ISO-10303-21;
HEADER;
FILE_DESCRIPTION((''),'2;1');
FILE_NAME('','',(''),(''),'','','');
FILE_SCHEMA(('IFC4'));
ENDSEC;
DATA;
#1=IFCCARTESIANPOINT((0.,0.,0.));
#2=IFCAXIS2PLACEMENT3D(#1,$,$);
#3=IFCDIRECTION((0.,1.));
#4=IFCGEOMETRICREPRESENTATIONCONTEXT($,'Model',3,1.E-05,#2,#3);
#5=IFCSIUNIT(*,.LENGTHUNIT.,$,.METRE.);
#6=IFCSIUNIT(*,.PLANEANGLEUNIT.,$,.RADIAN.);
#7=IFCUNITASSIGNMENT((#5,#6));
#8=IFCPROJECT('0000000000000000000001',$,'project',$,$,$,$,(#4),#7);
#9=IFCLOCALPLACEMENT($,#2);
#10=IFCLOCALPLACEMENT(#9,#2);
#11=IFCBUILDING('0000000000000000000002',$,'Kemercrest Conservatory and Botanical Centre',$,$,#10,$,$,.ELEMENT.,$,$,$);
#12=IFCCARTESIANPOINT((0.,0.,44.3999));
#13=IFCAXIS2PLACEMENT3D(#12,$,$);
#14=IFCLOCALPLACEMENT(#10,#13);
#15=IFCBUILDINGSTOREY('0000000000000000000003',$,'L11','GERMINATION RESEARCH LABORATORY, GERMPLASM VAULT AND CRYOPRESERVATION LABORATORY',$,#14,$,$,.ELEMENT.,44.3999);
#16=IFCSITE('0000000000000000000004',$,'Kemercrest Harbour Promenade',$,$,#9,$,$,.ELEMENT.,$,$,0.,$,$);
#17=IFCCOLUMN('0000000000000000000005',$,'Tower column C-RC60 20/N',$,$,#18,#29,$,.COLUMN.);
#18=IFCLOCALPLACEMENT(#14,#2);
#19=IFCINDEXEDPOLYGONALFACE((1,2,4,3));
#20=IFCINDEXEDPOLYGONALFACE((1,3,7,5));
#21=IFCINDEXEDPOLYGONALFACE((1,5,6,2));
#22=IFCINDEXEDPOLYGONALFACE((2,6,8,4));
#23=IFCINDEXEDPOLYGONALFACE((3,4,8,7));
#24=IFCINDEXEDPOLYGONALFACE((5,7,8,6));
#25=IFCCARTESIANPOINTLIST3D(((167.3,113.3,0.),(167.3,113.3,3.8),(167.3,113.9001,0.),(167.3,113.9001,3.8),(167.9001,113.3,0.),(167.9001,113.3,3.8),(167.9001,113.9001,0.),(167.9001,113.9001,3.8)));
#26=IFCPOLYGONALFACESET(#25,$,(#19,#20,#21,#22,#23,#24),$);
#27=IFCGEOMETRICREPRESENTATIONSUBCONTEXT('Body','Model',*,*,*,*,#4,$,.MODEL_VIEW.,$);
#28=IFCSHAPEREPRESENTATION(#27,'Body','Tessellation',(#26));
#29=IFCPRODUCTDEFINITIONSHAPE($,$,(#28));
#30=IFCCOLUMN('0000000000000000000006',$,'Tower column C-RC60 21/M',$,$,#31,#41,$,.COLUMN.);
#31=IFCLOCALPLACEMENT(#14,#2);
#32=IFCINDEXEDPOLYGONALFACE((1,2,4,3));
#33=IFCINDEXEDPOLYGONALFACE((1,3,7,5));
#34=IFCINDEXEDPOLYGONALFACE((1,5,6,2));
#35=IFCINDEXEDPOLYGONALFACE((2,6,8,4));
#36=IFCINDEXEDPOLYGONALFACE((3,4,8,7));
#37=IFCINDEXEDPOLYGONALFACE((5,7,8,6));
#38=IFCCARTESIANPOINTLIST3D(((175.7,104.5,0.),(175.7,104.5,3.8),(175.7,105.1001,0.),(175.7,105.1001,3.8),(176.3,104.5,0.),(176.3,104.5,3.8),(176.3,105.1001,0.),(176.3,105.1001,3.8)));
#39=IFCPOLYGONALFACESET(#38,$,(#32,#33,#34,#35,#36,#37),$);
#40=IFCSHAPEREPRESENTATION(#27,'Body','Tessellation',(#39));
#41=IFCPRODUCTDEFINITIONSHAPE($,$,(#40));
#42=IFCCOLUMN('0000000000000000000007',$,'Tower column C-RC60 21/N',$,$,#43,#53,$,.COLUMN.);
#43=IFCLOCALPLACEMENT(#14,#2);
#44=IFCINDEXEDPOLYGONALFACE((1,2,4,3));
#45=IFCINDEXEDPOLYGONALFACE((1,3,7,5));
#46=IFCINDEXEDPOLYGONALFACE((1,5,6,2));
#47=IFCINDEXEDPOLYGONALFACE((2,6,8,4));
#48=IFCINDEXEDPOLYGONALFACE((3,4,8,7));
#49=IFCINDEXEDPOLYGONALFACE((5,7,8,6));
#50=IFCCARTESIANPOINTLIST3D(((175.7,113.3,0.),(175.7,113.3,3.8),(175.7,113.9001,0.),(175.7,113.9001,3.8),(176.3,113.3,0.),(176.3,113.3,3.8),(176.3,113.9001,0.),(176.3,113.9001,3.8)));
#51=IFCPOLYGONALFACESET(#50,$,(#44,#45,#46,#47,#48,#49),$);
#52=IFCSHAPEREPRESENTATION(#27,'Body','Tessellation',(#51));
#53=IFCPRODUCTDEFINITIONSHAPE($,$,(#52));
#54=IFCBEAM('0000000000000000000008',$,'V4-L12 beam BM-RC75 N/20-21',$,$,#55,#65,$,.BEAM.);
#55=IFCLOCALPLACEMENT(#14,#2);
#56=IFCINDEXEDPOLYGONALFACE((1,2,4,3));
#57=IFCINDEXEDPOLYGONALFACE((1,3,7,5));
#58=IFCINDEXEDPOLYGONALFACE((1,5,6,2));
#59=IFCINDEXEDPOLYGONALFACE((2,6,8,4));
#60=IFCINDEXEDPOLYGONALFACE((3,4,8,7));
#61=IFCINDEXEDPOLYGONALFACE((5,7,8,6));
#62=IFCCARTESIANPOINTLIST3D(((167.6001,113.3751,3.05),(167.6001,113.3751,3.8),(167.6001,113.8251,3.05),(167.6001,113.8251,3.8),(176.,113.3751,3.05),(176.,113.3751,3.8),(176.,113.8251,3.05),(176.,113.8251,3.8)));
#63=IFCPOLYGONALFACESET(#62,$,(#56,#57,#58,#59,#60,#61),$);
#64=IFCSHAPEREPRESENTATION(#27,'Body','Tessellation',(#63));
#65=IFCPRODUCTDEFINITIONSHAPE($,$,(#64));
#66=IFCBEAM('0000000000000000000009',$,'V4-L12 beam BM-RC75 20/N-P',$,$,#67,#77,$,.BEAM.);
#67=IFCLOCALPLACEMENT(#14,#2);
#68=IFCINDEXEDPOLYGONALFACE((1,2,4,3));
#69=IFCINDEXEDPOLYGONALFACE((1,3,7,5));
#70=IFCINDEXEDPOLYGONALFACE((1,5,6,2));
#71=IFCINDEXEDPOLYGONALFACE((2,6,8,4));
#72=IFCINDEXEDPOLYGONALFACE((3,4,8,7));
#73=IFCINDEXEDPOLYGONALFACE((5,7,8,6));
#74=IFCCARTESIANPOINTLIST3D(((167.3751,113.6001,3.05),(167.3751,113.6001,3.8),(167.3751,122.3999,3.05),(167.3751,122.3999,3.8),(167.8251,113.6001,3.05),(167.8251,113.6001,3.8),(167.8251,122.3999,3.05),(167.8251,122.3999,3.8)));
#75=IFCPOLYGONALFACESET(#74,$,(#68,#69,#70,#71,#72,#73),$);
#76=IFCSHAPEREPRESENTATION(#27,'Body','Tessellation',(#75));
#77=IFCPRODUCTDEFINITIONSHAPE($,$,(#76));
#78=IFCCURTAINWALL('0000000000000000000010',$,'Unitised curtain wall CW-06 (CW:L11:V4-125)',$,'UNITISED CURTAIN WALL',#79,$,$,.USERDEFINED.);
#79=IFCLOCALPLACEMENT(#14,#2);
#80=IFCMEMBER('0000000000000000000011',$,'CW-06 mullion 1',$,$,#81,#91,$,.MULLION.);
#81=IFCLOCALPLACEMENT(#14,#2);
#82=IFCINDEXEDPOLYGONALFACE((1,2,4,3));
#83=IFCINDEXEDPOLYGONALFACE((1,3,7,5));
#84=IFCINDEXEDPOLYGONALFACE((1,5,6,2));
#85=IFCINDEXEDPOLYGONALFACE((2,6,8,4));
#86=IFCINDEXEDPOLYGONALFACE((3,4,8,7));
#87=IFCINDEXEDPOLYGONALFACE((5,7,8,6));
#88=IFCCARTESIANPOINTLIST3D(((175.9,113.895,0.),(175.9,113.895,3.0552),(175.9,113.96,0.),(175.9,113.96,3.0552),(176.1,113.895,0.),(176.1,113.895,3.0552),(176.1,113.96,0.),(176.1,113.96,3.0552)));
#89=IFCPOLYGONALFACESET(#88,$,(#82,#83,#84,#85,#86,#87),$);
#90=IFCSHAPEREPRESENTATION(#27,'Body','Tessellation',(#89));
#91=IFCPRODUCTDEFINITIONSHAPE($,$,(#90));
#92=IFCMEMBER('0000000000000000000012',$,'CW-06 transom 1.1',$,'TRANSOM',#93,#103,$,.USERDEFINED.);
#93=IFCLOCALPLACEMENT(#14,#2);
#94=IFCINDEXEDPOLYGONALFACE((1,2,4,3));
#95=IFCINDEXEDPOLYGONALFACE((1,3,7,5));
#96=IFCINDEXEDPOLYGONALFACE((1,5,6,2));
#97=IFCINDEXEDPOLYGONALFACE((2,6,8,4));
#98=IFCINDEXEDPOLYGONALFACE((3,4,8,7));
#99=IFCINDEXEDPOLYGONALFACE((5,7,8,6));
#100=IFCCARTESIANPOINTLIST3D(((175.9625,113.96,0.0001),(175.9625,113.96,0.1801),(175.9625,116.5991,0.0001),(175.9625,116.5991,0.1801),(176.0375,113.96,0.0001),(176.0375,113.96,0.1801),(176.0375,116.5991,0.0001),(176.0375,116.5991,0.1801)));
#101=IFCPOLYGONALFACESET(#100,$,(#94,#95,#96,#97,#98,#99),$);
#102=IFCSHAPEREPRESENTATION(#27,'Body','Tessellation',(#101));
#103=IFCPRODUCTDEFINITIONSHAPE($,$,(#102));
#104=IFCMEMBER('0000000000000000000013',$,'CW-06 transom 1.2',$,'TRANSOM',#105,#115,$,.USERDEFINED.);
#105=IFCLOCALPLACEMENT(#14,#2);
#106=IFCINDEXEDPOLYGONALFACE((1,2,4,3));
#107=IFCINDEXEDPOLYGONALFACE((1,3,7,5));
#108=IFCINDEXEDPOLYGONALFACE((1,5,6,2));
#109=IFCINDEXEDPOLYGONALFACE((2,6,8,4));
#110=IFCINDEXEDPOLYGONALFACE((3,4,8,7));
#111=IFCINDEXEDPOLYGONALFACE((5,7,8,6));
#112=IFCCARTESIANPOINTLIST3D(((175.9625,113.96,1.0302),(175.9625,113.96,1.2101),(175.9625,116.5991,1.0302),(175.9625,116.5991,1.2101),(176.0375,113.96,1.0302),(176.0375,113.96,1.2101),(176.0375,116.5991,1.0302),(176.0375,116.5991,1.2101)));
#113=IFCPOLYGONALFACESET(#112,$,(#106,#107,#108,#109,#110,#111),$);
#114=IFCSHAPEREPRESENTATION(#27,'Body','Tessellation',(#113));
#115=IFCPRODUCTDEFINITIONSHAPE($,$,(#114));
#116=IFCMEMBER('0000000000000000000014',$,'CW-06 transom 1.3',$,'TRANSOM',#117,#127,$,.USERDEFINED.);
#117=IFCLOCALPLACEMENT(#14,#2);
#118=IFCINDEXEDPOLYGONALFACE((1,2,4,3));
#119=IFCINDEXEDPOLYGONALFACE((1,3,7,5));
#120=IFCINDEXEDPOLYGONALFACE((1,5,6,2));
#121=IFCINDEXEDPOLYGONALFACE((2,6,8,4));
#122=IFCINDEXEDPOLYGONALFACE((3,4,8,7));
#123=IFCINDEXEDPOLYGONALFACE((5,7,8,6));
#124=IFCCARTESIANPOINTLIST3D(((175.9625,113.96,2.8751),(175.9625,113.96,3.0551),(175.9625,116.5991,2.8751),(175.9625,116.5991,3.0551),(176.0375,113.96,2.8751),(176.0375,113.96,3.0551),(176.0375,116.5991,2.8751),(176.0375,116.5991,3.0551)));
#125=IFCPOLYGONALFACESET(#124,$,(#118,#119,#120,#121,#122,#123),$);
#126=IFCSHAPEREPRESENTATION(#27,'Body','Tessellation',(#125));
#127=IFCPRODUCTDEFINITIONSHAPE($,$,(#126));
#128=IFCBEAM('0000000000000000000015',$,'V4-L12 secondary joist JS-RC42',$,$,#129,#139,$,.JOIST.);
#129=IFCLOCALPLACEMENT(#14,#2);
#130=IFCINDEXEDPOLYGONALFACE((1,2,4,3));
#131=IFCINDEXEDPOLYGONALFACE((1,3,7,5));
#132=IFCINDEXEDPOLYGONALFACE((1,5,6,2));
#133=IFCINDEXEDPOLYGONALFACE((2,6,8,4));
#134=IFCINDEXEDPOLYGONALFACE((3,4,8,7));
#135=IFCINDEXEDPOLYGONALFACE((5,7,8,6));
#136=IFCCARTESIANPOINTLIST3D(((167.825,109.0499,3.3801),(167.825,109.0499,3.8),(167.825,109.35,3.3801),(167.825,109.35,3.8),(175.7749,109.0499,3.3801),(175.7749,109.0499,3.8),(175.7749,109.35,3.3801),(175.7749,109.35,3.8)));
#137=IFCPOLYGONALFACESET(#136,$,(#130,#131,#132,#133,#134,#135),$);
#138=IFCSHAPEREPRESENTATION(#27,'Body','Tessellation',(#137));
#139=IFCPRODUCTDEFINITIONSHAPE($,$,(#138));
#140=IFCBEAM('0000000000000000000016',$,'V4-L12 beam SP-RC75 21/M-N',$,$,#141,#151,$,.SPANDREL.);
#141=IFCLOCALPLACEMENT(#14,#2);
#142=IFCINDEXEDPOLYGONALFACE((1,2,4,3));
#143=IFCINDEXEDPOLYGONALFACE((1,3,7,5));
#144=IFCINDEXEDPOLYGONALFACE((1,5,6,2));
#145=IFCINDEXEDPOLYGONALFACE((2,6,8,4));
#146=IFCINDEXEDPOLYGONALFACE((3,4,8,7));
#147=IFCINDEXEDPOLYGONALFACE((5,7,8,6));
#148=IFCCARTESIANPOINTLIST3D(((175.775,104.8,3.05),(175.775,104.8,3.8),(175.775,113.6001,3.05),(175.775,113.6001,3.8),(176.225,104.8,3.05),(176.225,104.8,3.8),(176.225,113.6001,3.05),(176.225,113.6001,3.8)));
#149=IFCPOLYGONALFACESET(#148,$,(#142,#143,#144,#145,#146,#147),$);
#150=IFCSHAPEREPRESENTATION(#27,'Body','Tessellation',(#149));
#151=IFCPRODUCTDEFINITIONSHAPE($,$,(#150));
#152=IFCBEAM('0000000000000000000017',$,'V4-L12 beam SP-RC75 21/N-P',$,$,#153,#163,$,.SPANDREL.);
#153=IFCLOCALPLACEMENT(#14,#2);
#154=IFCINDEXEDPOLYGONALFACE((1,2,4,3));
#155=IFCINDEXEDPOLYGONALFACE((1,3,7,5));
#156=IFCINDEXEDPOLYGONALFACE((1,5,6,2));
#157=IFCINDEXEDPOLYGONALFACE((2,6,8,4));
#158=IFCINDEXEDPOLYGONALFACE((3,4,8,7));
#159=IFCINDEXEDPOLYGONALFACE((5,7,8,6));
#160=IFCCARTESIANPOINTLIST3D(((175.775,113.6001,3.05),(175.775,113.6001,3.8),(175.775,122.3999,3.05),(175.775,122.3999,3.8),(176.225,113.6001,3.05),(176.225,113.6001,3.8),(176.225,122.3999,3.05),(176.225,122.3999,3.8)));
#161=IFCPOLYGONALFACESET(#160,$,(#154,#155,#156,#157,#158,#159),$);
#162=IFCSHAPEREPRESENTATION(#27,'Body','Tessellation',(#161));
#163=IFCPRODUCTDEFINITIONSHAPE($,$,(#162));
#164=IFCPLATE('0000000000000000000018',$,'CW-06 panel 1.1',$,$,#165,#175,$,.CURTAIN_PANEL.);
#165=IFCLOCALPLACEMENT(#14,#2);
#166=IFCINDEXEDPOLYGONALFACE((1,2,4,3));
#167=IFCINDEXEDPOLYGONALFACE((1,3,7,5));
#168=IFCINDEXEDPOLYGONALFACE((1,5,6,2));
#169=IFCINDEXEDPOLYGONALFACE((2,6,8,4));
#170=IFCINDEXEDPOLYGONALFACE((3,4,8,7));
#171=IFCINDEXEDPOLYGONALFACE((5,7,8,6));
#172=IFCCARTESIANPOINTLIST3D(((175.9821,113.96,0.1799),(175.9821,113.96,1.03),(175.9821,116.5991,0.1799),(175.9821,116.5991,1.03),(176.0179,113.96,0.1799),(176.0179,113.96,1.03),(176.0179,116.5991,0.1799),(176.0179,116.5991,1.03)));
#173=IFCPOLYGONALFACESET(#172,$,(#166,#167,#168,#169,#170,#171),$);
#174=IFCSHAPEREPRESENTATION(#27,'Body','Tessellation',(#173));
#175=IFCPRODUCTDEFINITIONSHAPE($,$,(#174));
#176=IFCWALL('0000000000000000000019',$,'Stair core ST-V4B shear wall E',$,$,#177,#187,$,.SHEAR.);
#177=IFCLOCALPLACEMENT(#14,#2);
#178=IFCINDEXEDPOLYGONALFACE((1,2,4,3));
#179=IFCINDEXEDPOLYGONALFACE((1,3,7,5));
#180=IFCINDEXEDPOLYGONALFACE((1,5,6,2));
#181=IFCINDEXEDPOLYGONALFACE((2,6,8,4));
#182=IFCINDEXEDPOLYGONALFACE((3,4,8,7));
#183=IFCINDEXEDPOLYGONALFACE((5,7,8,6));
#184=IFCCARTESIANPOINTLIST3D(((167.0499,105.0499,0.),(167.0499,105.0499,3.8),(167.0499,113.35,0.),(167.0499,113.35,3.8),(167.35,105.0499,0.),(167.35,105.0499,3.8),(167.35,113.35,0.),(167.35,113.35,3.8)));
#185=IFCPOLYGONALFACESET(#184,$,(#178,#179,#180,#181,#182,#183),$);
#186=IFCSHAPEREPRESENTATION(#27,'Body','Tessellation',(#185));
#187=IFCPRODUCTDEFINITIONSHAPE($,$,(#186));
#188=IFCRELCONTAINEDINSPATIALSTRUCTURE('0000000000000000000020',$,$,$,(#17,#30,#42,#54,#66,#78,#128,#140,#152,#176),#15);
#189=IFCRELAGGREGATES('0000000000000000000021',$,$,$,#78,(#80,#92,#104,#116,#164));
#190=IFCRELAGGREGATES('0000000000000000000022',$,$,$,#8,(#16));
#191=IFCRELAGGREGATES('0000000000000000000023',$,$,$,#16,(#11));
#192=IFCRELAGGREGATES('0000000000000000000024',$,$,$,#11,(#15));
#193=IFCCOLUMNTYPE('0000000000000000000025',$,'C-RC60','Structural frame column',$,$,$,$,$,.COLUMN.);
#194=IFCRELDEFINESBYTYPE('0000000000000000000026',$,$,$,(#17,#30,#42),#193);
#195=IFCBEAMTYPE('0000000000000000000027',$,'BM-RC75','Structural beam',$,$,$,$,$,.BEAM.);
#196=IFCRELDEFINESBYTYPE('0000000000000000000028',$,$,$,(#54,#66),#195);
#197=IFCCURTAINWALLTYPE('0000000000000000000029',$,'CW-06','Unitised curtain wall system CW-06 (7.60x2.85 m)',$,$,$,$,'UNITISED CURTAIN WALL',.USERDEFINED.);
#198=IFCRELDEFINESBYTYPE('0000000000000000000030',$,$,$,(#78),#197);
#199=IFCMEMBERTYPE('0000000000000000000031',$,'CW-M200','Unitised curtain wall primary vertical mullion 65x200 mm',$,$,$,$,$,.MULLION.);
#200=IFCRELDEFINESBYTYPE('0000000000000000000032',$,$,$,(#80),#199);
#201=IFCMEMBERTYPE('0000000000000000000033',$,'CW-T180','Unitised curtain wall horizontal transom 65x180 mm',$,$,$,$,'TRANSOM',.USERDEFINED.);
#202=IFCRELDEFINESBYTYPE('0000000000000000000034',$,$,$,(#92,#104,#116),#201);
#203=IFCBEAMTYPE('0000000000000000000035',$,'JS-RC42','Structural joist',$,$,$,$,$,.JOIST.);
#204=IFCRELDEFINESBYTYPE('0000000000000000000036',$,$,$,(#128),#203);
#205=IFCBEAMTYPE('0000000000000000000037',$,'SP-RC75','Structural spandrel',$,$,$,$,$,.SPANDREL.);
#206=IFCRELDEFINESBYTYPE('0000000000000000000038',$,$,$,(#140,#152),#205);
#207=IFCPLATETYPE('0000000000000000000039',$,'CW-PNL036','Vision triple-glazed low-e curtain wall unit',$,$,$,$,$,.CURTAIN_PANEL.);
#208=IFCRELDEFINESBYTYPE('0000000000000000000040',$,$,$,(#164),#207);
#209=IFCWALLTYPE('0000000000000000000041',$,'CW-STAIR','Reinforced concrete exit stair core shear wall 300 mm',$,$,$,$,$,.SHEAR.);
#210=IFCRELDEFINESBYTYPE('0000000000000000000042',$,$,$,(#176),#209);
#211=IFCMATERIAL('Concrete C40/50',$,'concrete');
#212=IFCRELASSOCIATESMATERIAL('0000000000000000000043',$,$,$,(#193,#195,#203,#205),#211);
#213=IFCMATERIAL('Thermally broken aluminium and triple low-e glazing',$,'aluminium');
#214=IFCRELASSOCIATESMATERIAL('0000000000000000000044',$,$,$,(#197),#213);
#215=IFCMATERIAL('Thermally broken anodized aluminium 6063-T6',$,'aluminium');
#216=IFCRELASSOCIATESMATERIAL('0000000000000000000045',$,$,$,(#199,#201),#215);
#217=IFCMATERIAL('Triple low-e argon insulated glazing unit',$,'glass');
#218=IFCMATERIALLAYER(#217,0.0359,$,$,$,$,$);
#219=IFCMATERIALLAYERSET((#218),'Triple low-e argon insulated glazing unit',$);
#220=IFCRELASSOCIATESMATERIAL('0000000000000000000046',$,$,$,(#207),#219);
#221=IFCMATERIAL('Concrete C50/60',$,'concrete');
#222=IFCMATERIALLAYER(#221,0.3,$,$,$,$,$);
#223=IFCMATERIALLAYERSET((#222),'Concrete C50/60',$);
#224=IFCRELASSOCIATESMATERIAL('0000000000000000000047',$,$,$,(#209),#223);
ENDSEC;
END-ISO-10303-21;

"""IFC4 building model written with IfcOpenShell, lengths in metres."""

from ifc_helpers import new_model, si_unit, direction, frame, frame_2d, origin, origin_2d, place, context, subcontext, project, spatial, rectangle, extrude, material, layer, layer_set, material_profile, profile_set, type_object, element, aggregate, save


model = new_model("IFC4")

# Units and contexts
model_context = context("Model", 3, precision=1e-05, world=origin(), true_north=direction((0.0, 1.0)))
body_context = subcontext(model_context, "Body", "Model", "MODEL_VIEW")
ifc_project = project(units=[si_unit("LENGTHUNIT", "METRE"), si_unit("PLANEANGLEUNIT", "RADIAN")], contexts=[model_context])

# Site, building, storey
site_placement = place(None, origin())
site = spatial("IfcSite", under=ifc_project, at=site_placement, Name="Kemercrest Harbour Promenade", CompositionType="ELEMENT", RefElevation=0.0)
building_placement = place(site_placement, origin())
building = spatial("IfcBuilding", under=site, at=building_placement, Name="Kemercrest Conservatory and Botanical Centre", CompositionType="ELEMENT")
storey_placement = place(building_placement, frame((0.0, 0.0, 44.3999)))
storey = spatial("IfcBuildingStorey", under=building, at=storey_placement, Name="L11", Description="GERMINATION RESEARCH LABORATORY, GERMPLASM VAULT AND CRYOPRESERVATION LABORATORY", CompositionType="ELEMENT", Elevation=44.3999)

# Columns
ifc_material_1 = material(Name="Concrete C40/50", Category="concrete")
ifc_material_profile_1 = material_profile(ifc_material_1, rectangle(XDim=0.6001, YDim=0.6001, at=origin_2d()), Name="RC 600x600")
ifc_profile_set_1 = profile_set([ifc_material_profile_1], Name="Concrete C40/50")
column_type = type_object("IfcColumnType", Name="C-RC60", Description="Structural frame column", PredefinedType="COLUMN", material=ifc_profile_set_1)
for number, where, z_axis, x_axis, name in (
    (1, (167.6001, 113.6001, 0.0), (0.0, 0.0, 1.0), (1.0, 0.0, 0.0), "Tower column C-RC60 20/N"),
    (2, (176.0, 104.8, 0.0), (0.0, 0.0, 1.0), (1.0, 0.0, 0.0), "Tower column C-RC60 21/M"),
    (3, (176.0, 113.6001, 0.0), (0.0, 0.0, 1.0), (1.0, 0.0, 0.0), "Tower column C-RC60 21/N"),
):
    element("IfcColumn", number, at=place(storey_placement, frame(where, z_axis=z_axis, x_axis=x_axis)), inside=storey, type_object=column_type, Name=name, PredefinedType="COLUMN", context=body_context, shape_type="SweptSolid", body=[
        extrude(rectangle(XDim=0.6001, YDim=0.6001, at=origin_2d()), origin(), (0.0, 0.0, 1.0), 3.8),
    ])

# Beams
ifc_material_profile_2 = material_profile(ifc_material_1, rectangle(XDim=0.45, YDim=0.75, at=origin_2d()), Name="RC 450x750")
ifc_profile_set_2 = profile_set([ifc_material_profile_2], Name="Concrete C40/50")
beam_type_1 = type_object("IfcBeamType", Name="BM-RC75", Description="Structural beam", PredefinedType="BEAM", material=ifc_profile_set_2)
beam_1_placement = place(storey_placement, frame((167.6001, 113.6001, 3.425), z_axis=(1.0, 0.0, 0.0), x_axis=(0.0, 1.0, 0.0)))
element("IfcBeam", 4, at=beam_1_placement, inside=storey, type_object=beam_type_1, Name="V4-L12 beam BM-RC75 N/20-21", PredefinedType="BEAM", context=body_context, shape_type="SweptSolid", body=[
    extrude(rectangle(XDim=0.45, YDim=0.75, at=origin_2d()), origin(), (0.0, 0.0, 1.0), 8.3999),
])
beam_2_placement = place(storey_placement, frame((167.6001, 113.6001, 3.425), z_axis=(0.0, 1.0, 0.0), x_axis=(-1.0, 0.0, 0.0)))
element("IfcBeam", 5, at=beam_2_placement, inside=storey, type_object=beam_type_1, Name="V4-L12 beam BM-RC75 20/N-P", PredefinedType="BEAM", context=body_context, shape_type="SweptSolid", body=[
    extrude(rectangle(XDim=0.45, YDim=0.75, at=origin_2d()), origin(), (0.0, 0.0, 1.0), 8.7998),
])

# Curtain wall, members
ifc_material_2 = material(Name="Thermally broken aluminium and triple low-e glazing", Category="aluminium")
curtain_wall_type = type_object("IfcCurtainWallType", Name="CW-06", Description="Unitised curtain wall system CW-06 (7.60x2.85 m)", ElementType="UNITISED CURTAIN WALL", PredefinedType="USERDEFINED", material=ifc_material_2)
curtain_wall_placement = place(storey_placement, origin())
curtain_wall = element("IfcCurtainWall", 6, at=curtain_wall_placement, inside=storey, type_object=curtain_wall_type, Name="Unitised curtain wall CW-06 (CW:L11:V4-125)", ObjectType="UNITISED CURTAIN WALL", PredefinedType="USERDEFINED")
ifc_material_3 = material(Name="Thermally broken anodized aluminium 6063-T6", Category="aluminium")
ifc_material_profile_3 = material_profile(ifc_material_3, rectangle(XDim=0.2, YDim=0.0649, at=origin_2d()), Name="AL MULLION 65x200")
ifc_profile_set_3 = profile_set([ifc_material_profile_3], Name="Thermally broken anodized aluminium 6063-T6")
member_type_1 = type_object("IfcMemberType", Name="CW-M200", Description="Unitised curtain wall primary vertical mullion 65x200 mm", PredefinedType="MULLION", material=ifc_profile_set_3)
member_1_placement = place(storey_placement, frame((176.0, 113.9275, 0.0), z_axis=(0.0, 0.0, 1.0), x_axis=(-1.0, 0.0, 0.0)))
member_1 = element("IfcMember", 7, at=member_1_placement, type_object=member_type_1, Name="CW-06 mullion 1", PredefinedType="MULLION", context=body_context, shape_type="SweptSolid", body=[
    extrude(rectangle(XDim=0.2, YDim=0.0649, at=origin_2d()), origin(), (0.0, 0.0, 1.0), 3.0552),
])
ifc_material_profile_4 = material_profile(ifc_material_3, rectangle(XDim=0.075, YDim=0.1799, at=origin_2d()), Name="AL TRANSOM 75x180")
ifc_profile_set_4 = profile_set([ifc_material_profile_4], Name="Thermally broken anodized aluminium 6063-T6")
member_type_2 = type_object("IfcMemberType", Name="CW-T180", Description="Unitised curtain wall horizontal transom 65x180 mm", ElementType="TRANSOM", PredefinedType="USERDEFINED", material=ifc_profile_set_4)
member_2_placement = place(storey_placement, frame((176.0, 113.96, 0.0901), z_axis=(0.0, 1.0, 0.0), x_axis=(-1.0, 0.0, 0.0)))
member_2 = element("IfcMember", 8, at=member_2_placement, type_object=member_type_2, Name="CW-06 transom 1.1", ObjectType="TRANSOM", PredefinedType="USERDEFINED", context=body_context, shape_type="SweptSolid", body=[
    extrude(rectangle(XDim=0.075, YDim=0.1799, at=origin_2d()), origin(), (0.0, 0.0, 1.0), 2.6392),
])
member_3_placement = place(storey_placement, frame((176.0, 113.96, 1.1201), z_axis=(0.0, 1.0, 0.0), x_axis=(-1.0, 0.0, 0.0)))
member_3 = element("IfcMember", 9, at=member_3_placement, type_object=member_type_2, Name="CW-06 transom 1.2", ObjectType="TRANSOM", PredefinedType="USERDEFINED", context=body_context, shape_type="SweptSolid", body=[
    extrude(rectangle(XDim=0.075, YDim=0.1799, at=origin_2d()), origin(), (0.0, 0.0, 1.0), 2.6392),
])
member_4_placement = place(storey_placement, frame((176.0, 113.96, 2.9651), z_axis=(0.0, 1.0, 0.0), x_axis=(-1.0, 0.0, 0.0)))
member_4 = element("IfcMember", 10, at=member_4_placement, type_object=member_type_2, Name="CW-06 transom 1.3", ObjectType="TRANSOM", PredefinedType="USERDEFINED", context=body_context, shape_type="SweptSolid", body=[
    extrude(rectangle(XDim=0.075, YDim=0.1799, at=origin_2d()), origin(), (0.0, 0.0, 1.0), 2.6392),
])

# Beams
ifc_material_profile_5 = material_profile(ifc_material_1, rectangle(XDim=0.3, YDim=0.4199, at=origin_2d()), Name="RC 300x420")
ifc_profile_set_5 = profile_set([ifc_material_profile_5], Name="Concrete C40/50")
beam_type_2 = type_object("IfcBeamType", Name="JS-RC42", Description="Structural joist", PredefinedType="JOIST", material=ifc_profile_set_5)
beam_3_placement = place(storey_placement, frame((167.825, 109.2, 3.5901), z_axis=(1.0, 0.0, 0.0), x_axis=(0.0, 1.0, 0.0)))
element("IfcBeam", 11, at=beam_3_placement, inside=storey, type_object=beam_type_2, Name="V4-L12 secondary joist JS-RC42", PredefinedType="JOIST", context=body_context, shape_type="SweptSolid", body=[
    extrude(rectangle(XDim=0.3, YDim=0.4199, at=origin_2d()), origin(), (0.0, 0.0, 1.0), 7.95),
])
ifc_material_profile_6 = material_profile(ifc_material_1, rectangle(XDim=0.45, YDim=0.75, at=origin_2d()), Name="RC 450x750")
ifc_profile_set_6 = profile_set([ifc_material_profile_6], Name="Concrete C40/50")
beam_type_3 = type_object("IfcBeamType", Name="SP-RC75", Description="Structural spandrel", PredefinedType="SPANDREL", material=ifc_profile_set_6)
beam_4_placement = place(storey_placement, frame((176.0, 104.8, 3.425), z_axis=(0.0, 1.0, 0.0), x_axis=(-1.0, 0.0, 0.0)))
element("IfcBeam", 12, at=beam_4_placement, inside=storey, type_object=beam_type_3, Name="V4-L12 beam SP-RC75 21/M-N", PredefinedType="SPANDREL", context=body_context, shape_type="SweptSolid", body=[
    extrude(rectangle(XDim=0.45, YDim=0.75, at=origin_2d()), origin(), (0.0, 0.0, 1.0), 8.8),
])
beam_5_placement = place(storey_placement, frame((176.0, 113.6001, 3.425), z_axis=(0.0, 1.0, 0.0), x_axis=(-1.0, 0.0, 0.0)))
element("IfcBeam", 13, at=beam_5_placement, inside=storey, type_object=beam_type_3, Name="V4-L12 beam SP-RC75 21/N-P", PredefinedType="SPANDREL", context=body_context, shape_type="SweptSolid", body=[
    extrude(rectangle(XDim=0.45, YDim=0.75, at=origin_2d()), origin(), (0.0, 0.0, 1.0), 8.7998),
])

# Plate
ifc_material_4 = material(Name="Triple low-e argon insulated glazing unit", Category="glass")
ifc_layer_1 = layer(ifc_material_4, 0.0359)
ifc_layer_set_1 = layer_set([ifc_layer_1], Name="Triple low-e argon insulated glazing unit")
plate_type = type_object("IfcPlateType", Name="CW-PNL036", Description="Vision triple-glazed low-e curtain wall unit", PredefinedType="CURTAIN_PANEL", material=ifc_layer_set_1)
plate_placement = place(storey_placement, frame((176.0, 115.2795, 0.1799), z_axis=(0.0, 0.0, 1.0), x_axis=(0.0, 1.0, 0.0)))
plate = element("IfcPlate", 14, at=plate_placement, type_object=plate_type, Name="CW-06 panel 1.1", PredefinedType="CURTAIN_PANEL", context=body_context, shape_type="SweptSolid", body=[
    extrude(rectangle(XDim=2.6392, YDim=0.0359, at=origin_2d()), origin(), (0.0, 0.0, 1.0), 0.8501),
])
aggregate(curtain_wall, [member_1, member_2, member_3, member_4, plate])

# Wall
ifc_material_5 = material(Name="Concrete C50/60", Category="concrete")
ifc_layer_2 = layer(ifc_material_5, 0.3)
ifc_layer_set_2 = layer_set([ifc_layer_2], Name="Concrete C50/60")
wall_type_1 = type_object("IfcWallType", Name="CW-STAIR", Description="Reinforced concrete exit stair core shear wall 300 mm", PredefinedType="SHEAR", material=ifc_layer_set_2)
wall_1_placement = place(storey_placement, frame((167.2, 105.05, 0.0), z_axis=(0.0, 0.0, 1.0), x_axis=(0.0, 1.0, 0.0)))
element("IfcWall", 15, at=wall_1_placement, inside=storey, type_object=wall_type_1, Name="Stair core ST-V4B shear wall E", PredefinedType="SHEAR", context=body_context, shape_type="SweptSolid", body=[
    extrude(rectangle(XDim=8.3, YDim=0.3, at=frame_2d((4.1499, 0.0))), origin(), (0.0, 0.0, 1.0), 3.8),
])

save(model, "model.ifc")
